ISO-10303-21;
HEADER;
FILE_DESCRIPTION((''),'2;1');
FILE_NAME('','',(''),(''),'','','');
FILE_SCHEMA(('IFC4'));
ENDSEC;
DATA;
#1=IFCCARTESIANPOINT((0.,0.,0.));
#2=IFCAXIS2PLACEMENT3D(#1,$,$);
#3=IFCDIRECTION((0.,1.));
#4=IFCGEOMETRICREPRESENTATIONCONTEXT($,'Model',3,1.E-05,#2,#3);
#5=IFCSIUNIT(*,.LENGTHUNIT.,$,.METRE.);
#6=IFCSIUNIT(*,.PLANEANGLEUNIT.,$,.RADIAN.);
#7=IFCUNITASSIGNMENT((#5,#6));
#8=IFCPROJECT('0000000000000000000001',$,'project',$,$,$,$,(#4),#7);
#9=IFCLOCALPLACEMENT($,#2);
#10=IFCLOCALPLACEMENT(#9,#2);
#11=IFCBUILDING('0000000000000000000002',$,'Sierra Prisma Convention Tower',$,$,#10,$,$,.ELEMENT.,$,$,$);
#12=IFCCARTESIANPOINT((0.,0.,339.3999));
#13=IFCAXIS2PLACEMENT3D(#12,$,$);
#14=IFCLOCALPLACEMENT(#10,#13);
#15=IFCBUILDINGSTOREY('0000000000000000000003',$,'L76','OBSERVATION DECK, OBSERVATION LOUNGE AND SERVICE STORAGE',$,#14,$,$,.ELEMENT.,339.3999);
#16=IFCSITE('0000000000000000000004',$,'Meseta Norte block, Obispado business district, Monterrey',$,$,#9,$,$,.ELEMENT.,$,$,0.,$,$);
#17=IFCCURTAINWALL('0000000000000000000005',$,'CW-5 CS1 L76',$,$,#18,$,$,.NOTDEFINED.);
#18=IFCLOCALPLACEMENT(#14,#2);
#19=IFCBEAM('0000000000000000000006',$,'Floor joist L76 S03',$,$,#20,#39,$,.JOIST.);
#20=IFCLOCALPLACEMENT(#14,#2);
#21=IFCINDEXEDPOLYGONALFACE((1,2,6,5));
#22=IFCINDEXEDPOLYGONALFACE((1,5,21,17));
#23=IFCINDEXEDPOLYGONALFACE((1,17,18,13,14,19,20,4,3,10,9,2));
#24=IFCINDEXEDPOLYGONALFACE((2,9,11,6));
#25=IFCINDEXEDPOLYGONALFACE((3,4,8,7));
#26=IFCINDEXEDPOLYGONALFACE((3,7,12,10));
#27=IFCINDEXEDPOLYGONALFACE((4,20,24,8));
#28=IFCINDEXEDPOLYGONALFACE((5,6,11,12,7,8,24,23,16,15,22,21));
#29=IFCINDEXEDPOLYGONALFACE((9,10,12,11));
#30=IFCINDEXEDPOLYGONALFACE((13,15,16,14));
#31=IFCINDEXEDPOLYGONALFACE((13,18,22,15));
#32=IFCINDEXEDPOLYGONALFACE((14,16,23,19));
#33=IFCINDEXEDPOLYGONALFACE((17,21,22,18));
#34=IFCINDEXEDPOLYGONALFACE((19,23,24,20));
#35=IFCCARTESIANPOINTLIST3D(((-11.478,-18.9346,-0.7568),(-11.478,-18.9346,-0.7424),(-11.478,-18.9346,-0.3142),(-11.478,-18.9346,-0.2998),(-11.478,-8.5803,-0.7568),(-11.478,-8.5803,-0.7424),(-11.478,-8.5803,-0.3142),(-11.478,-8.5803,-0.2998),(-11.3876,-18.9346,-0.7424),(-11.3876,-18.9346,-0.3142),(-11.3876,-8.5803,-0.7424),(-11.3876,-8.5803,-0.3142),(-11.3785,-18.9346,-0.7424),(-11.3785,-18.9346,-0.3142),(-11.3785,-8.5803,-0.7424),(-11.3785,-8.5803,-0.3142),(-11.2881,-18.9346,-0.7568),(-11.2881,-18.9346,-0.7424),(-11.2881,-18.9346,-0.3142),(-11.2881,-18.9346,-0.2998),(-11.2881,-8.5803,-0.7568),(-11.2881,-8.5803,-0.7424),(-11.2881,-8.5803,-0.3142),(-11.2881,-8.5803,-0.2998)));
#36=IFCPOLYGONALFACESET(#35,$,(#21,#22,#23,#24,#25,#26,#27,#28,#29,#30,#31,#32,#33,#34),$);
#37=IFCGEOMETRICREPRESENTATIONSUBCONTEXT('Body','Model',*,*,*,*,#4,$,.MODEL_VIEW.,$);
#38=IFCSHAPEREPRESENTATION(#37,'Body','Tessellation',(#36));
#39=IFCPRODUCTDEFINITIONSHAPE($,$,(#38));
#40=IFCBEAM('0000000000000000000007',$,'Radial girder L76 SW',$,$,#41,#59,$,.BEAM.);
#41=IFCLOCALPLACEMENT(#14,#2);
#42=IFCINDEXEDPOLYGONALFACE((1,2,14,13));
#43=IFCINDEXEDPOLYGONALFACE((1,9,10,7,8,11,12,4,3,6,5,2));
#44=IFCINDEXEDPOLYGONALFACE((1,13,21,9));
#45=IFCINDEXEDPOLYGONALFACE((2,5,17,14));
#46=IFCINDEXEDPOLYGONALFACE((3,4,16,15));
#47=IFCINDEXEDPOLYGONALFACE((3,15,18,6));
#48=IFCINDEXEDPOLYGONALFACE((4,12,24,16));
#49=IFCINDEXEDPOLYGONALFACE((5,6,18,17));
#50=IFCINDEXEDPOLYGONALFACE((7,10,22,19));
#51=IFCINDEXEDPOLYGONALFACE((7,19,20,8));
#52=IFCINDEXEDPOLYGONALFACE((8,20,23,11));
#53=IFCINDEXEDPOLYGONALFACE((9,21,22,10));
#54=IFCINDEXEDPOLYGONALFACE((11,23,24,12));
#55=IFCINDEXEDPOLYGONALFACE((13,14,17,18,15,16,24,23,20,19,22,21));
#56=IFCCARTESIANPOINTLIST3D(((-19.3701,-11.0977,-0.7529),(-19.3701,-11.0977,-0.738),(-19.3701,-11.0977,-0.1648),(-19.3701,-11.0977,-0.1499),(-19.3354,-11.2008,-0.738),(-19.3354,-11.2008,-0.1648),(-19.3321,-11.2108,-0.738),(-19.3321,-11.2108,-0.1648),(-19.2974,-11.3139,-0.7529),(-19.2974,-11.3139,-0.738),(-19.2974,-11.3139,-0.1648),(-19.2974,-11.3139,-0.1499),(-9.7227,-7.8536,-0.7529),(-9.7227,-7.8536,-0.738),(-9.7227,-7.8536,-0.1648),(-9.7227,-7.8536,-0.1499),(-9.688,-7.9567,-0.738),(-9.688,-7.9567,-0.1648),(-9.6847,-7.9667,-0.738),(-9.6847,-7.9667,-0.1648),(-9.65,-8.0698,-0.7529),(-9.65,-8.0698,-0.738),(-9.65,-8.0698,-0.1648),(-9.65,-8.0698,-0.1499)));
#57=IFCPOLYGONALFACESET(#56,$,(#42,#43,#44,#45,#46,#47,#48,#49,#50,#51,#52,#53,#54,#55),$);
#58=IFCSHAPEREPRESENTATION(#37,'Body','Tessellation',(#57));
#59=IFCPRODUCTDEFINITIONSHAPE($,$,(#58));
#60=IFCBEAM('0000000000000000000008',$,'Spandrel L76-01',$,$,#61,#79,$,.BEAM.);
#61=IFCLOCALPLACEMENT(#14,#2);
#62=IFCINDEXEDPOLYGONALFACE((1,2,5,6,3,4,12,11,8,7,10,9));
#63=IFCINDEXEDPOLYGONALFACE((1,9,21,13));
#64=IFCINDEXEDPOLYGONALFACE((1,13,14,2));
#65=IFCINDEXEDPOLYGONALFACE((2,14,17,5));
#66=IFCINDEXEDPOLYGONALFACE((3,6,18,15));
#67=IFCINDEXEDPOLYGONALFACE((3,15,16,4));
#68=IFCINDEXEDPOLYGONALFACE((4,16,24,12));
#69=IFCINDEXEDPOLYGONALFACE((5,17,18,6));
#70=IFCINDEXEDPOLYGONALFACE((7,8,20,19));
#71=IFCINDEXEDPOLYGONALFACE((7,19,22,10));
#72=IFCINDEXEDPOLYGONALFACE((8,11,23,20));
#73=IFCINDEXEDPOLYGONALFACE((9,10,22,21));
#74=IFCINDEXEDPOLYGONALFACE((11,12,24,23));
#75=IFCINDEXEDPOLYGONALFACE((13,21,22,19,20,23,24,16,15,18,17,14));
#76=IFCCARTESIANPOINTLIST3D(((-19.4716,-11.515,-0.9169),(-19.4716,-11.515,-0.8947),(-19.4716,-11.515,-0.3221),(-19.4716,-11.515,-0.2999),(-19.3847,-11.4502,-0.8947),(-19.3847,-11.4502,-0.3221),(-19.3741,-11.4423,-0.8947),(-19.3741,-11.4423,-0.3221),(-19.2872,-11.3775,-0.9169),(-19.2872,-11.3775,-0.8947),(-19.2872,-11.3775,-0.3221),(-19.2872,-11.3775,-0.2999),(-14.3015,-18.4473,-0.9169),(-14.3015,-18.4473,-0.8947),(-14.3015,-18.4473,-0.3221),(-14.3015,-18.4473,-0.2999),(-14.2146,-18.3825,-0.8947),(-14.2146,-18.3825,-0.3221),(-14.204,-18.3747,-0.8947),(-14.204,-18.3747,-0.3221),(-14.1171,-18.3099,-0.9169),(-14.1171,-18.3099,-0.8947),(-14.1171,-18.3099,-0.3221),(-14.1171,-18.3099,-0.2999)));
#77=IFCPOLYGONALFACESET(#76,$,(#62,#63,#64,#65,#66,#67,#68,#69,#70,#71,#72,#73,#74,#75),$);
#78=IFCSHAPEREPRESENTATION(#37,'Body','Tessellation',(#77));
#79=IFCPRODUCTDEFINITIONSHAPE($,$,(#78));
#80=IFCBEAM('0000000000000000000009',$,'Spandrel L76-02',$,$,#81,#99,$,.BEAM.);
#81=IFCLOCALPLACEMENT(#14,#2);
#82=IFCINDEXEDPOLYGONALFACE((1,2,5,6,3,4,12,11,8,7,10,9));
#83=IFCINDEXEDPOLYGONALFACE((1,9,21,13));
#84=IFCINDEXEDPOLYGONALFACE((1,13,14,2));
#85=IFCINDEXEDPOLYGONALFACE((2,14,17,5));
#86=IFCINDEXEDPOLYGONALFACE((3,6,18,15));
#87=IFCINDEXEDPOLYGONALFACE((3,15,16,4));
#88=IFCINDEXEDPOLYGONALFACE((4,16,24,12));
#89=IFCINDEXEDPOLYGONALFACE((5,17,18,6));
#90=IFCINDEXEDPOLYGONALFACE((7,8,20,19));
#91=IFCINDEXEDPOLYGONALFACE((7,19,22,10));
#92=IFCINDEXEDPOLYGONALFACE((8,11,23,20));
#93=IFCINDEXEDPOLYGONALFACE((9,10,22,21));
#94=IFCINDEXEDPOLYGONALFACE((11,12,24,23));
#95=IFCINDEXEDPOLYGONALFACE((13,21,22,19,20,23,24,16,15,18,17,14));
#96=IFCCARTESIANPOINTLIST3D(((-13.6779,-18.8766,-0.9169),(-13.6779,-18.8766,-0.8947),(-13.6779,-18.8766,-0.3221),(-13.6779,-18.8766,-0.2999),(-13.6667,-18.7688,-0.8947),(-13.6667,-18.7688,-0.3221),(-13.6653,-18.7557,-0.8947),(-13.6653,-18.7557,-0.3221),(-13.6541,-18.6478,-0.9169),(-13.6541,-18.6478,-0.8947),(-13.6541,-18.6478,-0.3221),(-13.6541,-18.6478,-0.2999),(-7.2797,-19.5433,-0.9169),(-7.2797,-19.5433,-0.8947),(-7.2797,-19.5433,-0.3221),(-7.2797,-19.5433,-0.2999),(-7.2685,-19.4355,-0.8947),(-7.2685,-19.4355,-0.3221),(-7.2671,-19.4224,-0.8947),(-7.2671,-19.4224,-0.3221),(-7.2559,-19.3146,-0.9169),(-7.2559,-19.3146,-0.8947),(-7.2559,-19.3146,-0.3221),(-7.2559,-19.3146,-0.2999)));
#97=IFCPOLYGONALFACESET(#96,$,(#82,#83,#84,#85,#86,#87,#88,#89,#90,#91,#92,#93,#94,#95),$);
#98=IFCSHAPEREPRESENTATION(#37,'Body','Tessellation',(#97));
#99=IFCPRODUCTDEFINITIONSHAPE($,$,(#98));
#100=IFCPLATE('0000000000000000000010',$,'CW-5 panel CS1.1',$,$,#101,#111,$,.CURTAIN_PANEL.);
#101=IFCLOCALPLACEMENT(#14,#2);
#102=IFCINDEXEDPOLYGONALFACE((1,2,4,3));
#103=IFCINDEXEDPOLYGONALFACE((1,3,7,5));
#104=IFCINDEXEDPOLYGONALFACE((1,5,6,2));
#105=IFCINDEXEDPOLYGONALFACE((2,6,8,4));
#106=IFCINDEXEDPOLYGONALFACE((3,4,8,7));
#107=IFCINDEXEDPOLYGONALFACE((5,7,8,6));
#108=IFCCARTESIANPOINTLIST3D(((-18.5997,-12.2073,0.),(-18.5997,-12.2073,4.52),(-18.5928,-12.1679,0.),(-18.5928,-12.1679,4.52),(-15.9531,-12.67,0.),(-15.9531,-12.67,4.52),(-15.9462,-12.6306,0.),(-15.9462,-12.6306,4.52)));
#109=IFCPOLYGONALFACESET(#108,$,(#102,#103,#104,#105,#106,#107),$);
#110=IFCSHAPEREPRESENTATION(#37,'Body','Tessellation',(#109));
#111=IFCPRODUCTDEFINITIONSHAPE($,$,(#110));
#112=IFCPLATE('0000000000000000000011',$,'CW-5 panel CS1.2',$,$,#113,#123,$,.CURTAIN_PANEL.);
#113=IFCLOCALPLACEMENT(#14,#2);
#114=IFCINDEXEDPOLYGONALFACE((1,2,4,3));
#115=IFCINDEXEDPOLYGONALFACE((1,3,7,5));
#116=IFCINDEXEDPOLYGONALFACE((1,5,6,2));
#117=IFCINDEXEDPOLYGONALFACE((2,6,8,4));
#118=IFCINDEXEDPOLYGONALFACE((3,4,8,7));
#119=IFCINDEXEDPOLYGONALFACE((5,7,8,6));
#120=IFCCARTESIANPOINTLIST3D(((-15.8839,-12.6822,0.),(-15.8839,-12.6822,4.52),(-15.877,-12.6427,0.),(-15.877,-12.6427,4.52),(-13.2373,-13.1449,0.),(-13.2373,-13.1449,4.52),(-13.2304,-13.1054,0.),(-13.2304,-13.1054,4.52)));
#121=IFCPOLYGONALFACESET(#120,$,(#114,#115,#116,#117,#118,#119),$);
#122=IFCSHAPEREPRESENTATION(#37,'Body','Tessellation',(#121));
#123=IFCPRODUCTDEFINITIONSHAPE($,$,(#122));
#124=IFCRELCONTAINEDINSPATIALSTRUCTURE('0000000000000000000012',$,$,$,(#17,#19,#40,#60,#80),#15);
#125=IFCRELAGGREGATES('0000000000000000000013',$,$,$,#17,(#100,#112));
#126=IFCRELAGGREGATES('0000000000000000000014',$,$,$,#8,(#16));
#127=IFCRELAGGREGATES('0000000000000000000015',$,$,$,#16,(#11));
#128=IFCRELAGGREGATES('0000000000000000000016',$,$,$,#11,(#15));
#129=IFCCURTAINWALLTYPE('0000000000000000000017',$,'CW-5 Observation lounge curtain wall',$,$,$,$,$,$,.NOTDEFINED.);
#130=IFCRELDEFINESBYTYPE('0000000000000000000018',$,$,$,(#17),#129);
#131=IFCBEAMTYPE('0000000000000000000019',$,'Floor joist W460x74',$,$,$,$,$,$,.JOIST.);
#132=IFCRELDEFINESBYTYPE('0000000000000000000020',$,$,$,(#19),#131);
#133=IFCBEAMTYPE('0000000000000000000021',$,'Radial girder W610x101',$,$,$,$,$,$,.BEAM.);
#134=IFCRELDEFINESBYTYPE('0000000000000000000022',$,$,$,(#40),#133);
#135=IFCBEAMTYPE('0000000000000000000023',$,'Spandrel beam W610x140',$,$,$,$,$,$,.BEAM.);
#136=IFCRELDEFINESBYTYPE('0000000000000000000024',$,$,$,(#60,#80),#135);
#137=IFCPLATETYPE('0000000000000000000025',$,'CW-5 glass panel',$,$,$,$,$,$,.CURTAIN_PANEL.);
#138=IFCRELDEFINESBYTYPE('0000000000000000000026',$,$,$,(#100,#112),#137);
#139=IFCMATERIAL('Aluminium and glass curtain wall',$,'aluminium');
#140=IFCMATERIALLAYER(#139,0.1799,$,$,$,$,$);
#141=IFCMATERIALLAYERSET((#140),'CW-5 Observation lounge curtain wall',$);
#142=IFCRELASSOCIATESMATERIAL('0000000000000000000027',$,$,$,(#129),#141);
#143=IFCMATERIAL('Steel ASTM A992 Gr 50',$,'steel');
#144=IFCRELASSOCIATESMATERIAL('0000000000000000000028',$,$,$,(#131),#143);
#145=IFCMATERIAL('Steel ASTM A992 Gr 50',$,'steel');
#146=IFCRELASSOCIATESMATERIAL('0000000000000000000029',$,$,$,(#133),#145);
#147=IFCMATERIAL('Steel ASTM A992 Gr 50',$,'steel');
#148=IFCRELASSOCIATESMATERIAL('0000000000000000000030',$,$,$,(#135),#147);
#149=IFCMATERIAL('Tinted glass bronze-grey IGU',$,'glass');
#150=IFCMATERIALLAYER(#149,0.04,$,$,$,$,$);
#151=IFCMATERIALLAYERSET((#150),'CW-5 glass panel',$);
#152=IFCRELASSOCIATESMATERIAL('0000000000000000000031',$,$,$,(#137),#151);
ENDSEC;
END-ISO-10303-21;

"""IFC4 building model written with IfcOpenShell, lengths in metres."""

from ifc_helpers import new_model, si_unit, direction, frame, origin, origin_2d, place, context, subcontext, project, spatial, rectangle, i_section, extrude, material, layer, layer_set, material_profile, profile_set, type_object, element, aggregate, save


model = new_model("IFC4")

# Units and contexts
model_context = context("Model", 3, precision=1e-05, world=origin(), true_north=direction((0.0, 1.0)))
body_context = subcontext(model_context, "Body", "Model", "MODEL_VIEW")
ifc_project = project(units=[si_unit("LENGTHUNIT", "METRE"), si_unit("PLANEANGLEUNIT", "RADIAN")], contexts=[model_context])

# Site, building, storey
site_placement = place(None, origin())
site = spatial("IfcSite", under=ifc_project, at=site_placement, Name="Meseta Norte block, Obispado business district, Monterrey", CompositionType="ELEMENT", RefElevation=0.0)
building_placement = place(site_placement, origin())
building = spatial("IfcBuilding", under=site, at=building_placement, Name="Sierra Prisma Convention Tower", CompositionType="ELEMENT")
storey_placement = place(building_placement, frame((0.0, 0.0, 339.3999)))
storey = spatial("IfcBuildingStorey", under=building, at=storey_placement, Name="L76", Description="OBSERVATION DECK, OBSERVATION LOUNGE AND SERVICE STORAGE", CompositionType="ELEMENT", Elevation=339.3999)

# Curtain wall
ifc_material_1 = material(Name="Aluminium and glass curtain wall", Category="aluminium")
ifc_layer_1 = layer(ifc_material_1, 0.1799)
ifc_layer_set_1 = layer_set([ifc_layer_1], Name="CW-5 Observation lounge curtain wall")
curtain_wall_type = type_object("IfcCurtainWallType", Name="CW-5 Observation lounge curtain wall", PredefinedType="NOTDEFINED", material=ifc_layer_set_1)
curtain_wall_1_placement = place(storey_placement, origin())
curtain_wall_1 = element("IfcCurtainWall", 1, at=curtain_wall_1_placement, inside=storey, type_object=curtain_wall_type, Name="CW-5 CS1 L76", PredefinedType="NOTDEFINED")

# Beams
ifc_material_2 = material(Name="Steel ASTM A992 Gr 50", Category="steel")
ifc_material_profile_1 = material_profile(ifc_material_2, i_section(OverallWidth=0.1899, OverallDepth=0.457, WebThickness=0.009, FlangeThickness=0.0144, at=origin_2d()), Name="W460x74")
ifc_profile_set_1 = profile_set([ifc_material_profile_1], Name="Steel ASTM A992 Gr 50")
beam_type_1 = type_object("IfcBeamType", Name="Floor joist W460x74", PredefinedType="JOIST", material=ifc_profile_set_1)
beam_1_placement = place(storey_placement, frame((-11.3831, -18.9346, -0.5283), z_axis=(0.0, 1.0, 0.0), x_axis=(-1.0, 0.0, 0.0)))
element("IfcBeam", 2, at=beam_1_placement, inside=storey, type_object=beam_type_1, Name="Floor joist L76 S03", PredefinedType="JOIST", context=body_context, shape_type="SweptSolid", body=[
    extrude(i_section(OverallWidth=0.1899, OverallDepth=0.457, WebThickness=0.009, FlangeThickness=0.0144, at=origin_2d()), origin(), (0.0, 0.0, 1.0), 10.3542),
])
ifc_material_3 = material(Name="Steel ASTM A992 Gr 50", Category="steel")
ifc_material_profile_2 = material_profile(ifc_material_3, i_section(OverallWidth=0.228, OverallDepth=0.603, WebThickness=0.0105, FlangeThickness=0.0149, at=origin_2d()), Name="W610x101")
ifc_profile_set_2 = profile_set([ifc_material_profile_2], Name="Steel ASTM A992 Gr 50")
beam_type_2 = type_object("IfcBeamType", Name="Radial girder W610x101", PredefinedType="BEAM", material=ifc_profile_set_2)
beam_2_placement = place(storey_placement, frame((-19.3337, -11.2058, -0.4514), z_axis=(0.947845, 0.318731, 0.0), x_axis=(-0.318731, 0.947845, 0.0)))
element("IfcBeam", 3, at=beam_2_placement, inside=storey, type_object=beam_type_2, Name="Radial girder L76 SW", PredefinedType="BEAM", context=body_context, shape_type="SweptSolid", body=[
    extrude(i_section(OverallWidth=0.228, OverallDepth=0.603, WebThickness=0.0105, FlangeThickness=0.0149, at=origin_2d()), origin(), (0.0, 0.0, 1.0), 10.1782),
])
ifc_material_4 = material(Name="Steel ASTM A992 Gr 50", Category="steel")
ifc_material_profile_3 = material_profile(ifc_material_4, i_section(OverallWidth=0.23, OverallDepth=0.6169, WebThickness=0.0132, FlangeThickness=0.0222, at=origin_2d()), Name="W610x140")
ifc_profile_set_3 = profile_set([ifc_material_profile_3], Name="Steel ASTM A992 Gr 50")
beam_type_3 = type_object("IfcBeamType", Name="Spandrel beam W610x140", PredefinedType="BEAM", material=ifc_profile_set_3)
beam_3_placement = place(storey_placement, frame((-19.3794, -11.4463, -0.6084), z_axis=(0.597843, -0.801613, 0.0), x_axis=(0.801613, 0.597843, 0.0)))
element("IfcBeam", 4, at=beam_3_placement, inside=storey, type_object=beam_type_3, Name="Spandrel L76-01", PredefinedType="BEAM", context=body_context, shape_type="SweptSolid", body=[
    extrude(i_section(OverallWidth=0.23, OverallDepth=0.6169, WebThickness=0.0132, FlangeThickness=0.0222, at=origin_2d()), origin(), (0.0, 0.0, 1.0), 8.6479),
])
beam_4_placement = place(storey_placement, frame((-13.666, -18.7622, -0.6084), z_axis=(0.994614, -0.103648, 0.0), x_axis=(0.103648, 0.994614, 0.0)))
element("IfcBeam", 5, at=beam_4_placement, inside=storey, type_object=beam_type_3, Name="Spandrel L76-02", PredefinedType="BEAM", context=body_context, shape_type="SweptSolid", body=[
    extrude(i_section(OverallWidth=0.23, OverallDepth=0.6169, WebThickness=0.0132, FlangeThickness=0.0222, at=origin_2d()), origin(), (0.0, 0.0, 1.0), 6.4329),
])

# Plates
ifc_material_5 = material(Name="Tinted glass bronze-grey IGU", Category="glass")
ifc_layer_2 = layer(ifc_material_5, 0.04)
ifc_layer_set_2 = layer_set([ifc_layer_2], Name="CW-5 glass panel")
plate_type = type_object("IfcPlateType", Name="CW-5 glass panel", PredefinedType="CURTAIN_PANEL", material=ifc_layer_set_2)
plate_1_placement = place(storey_placement, frame((-17.2729, -12.4189, 0.0), z_axis=(0.0, 0.0, 1.0), x_axis=(0.98506, -0.172214, 0.0)))
plate_1 = element("IfcPlate", 6, at=plate_1_placement, type_object=plate_type, Name="CW-5 panel CS1.1", PredefinedType="CURTAIN_PANEL", context=body_context, shape_type="SweptSolid", body=[
    extrude(rectangle(XDim=2.6868, YDim=0.04, at=origin_2d()), origin(), (0.0, 0.0, 1.0), 4.52),
])
plate_2_placement = place(storey_placement, frame((-14.5571, -12.8938, 0.0), z_axis=(0.0, 0.0, 1.0), x_axis=(0.98506, -0.172214, 0.0)))
plate_2 = element("IfcPlate", 7, at=plate_2_placement, type_object=plate_type, Name="CW-5 panel CS1.2", PredefinedType="CURTAIN_PANEL", context=body_context, shape_type="SweptSolid", body=[
    extrude(rectangle(XDim=2.6868, YDim=0.04, at=origin_2d()), origin(), (0.0, 0.0, 1.0), 4.52),
])
aggregate(curtain_wall_1, [plate_1, plate_2])

save(model, "model.ifc")
